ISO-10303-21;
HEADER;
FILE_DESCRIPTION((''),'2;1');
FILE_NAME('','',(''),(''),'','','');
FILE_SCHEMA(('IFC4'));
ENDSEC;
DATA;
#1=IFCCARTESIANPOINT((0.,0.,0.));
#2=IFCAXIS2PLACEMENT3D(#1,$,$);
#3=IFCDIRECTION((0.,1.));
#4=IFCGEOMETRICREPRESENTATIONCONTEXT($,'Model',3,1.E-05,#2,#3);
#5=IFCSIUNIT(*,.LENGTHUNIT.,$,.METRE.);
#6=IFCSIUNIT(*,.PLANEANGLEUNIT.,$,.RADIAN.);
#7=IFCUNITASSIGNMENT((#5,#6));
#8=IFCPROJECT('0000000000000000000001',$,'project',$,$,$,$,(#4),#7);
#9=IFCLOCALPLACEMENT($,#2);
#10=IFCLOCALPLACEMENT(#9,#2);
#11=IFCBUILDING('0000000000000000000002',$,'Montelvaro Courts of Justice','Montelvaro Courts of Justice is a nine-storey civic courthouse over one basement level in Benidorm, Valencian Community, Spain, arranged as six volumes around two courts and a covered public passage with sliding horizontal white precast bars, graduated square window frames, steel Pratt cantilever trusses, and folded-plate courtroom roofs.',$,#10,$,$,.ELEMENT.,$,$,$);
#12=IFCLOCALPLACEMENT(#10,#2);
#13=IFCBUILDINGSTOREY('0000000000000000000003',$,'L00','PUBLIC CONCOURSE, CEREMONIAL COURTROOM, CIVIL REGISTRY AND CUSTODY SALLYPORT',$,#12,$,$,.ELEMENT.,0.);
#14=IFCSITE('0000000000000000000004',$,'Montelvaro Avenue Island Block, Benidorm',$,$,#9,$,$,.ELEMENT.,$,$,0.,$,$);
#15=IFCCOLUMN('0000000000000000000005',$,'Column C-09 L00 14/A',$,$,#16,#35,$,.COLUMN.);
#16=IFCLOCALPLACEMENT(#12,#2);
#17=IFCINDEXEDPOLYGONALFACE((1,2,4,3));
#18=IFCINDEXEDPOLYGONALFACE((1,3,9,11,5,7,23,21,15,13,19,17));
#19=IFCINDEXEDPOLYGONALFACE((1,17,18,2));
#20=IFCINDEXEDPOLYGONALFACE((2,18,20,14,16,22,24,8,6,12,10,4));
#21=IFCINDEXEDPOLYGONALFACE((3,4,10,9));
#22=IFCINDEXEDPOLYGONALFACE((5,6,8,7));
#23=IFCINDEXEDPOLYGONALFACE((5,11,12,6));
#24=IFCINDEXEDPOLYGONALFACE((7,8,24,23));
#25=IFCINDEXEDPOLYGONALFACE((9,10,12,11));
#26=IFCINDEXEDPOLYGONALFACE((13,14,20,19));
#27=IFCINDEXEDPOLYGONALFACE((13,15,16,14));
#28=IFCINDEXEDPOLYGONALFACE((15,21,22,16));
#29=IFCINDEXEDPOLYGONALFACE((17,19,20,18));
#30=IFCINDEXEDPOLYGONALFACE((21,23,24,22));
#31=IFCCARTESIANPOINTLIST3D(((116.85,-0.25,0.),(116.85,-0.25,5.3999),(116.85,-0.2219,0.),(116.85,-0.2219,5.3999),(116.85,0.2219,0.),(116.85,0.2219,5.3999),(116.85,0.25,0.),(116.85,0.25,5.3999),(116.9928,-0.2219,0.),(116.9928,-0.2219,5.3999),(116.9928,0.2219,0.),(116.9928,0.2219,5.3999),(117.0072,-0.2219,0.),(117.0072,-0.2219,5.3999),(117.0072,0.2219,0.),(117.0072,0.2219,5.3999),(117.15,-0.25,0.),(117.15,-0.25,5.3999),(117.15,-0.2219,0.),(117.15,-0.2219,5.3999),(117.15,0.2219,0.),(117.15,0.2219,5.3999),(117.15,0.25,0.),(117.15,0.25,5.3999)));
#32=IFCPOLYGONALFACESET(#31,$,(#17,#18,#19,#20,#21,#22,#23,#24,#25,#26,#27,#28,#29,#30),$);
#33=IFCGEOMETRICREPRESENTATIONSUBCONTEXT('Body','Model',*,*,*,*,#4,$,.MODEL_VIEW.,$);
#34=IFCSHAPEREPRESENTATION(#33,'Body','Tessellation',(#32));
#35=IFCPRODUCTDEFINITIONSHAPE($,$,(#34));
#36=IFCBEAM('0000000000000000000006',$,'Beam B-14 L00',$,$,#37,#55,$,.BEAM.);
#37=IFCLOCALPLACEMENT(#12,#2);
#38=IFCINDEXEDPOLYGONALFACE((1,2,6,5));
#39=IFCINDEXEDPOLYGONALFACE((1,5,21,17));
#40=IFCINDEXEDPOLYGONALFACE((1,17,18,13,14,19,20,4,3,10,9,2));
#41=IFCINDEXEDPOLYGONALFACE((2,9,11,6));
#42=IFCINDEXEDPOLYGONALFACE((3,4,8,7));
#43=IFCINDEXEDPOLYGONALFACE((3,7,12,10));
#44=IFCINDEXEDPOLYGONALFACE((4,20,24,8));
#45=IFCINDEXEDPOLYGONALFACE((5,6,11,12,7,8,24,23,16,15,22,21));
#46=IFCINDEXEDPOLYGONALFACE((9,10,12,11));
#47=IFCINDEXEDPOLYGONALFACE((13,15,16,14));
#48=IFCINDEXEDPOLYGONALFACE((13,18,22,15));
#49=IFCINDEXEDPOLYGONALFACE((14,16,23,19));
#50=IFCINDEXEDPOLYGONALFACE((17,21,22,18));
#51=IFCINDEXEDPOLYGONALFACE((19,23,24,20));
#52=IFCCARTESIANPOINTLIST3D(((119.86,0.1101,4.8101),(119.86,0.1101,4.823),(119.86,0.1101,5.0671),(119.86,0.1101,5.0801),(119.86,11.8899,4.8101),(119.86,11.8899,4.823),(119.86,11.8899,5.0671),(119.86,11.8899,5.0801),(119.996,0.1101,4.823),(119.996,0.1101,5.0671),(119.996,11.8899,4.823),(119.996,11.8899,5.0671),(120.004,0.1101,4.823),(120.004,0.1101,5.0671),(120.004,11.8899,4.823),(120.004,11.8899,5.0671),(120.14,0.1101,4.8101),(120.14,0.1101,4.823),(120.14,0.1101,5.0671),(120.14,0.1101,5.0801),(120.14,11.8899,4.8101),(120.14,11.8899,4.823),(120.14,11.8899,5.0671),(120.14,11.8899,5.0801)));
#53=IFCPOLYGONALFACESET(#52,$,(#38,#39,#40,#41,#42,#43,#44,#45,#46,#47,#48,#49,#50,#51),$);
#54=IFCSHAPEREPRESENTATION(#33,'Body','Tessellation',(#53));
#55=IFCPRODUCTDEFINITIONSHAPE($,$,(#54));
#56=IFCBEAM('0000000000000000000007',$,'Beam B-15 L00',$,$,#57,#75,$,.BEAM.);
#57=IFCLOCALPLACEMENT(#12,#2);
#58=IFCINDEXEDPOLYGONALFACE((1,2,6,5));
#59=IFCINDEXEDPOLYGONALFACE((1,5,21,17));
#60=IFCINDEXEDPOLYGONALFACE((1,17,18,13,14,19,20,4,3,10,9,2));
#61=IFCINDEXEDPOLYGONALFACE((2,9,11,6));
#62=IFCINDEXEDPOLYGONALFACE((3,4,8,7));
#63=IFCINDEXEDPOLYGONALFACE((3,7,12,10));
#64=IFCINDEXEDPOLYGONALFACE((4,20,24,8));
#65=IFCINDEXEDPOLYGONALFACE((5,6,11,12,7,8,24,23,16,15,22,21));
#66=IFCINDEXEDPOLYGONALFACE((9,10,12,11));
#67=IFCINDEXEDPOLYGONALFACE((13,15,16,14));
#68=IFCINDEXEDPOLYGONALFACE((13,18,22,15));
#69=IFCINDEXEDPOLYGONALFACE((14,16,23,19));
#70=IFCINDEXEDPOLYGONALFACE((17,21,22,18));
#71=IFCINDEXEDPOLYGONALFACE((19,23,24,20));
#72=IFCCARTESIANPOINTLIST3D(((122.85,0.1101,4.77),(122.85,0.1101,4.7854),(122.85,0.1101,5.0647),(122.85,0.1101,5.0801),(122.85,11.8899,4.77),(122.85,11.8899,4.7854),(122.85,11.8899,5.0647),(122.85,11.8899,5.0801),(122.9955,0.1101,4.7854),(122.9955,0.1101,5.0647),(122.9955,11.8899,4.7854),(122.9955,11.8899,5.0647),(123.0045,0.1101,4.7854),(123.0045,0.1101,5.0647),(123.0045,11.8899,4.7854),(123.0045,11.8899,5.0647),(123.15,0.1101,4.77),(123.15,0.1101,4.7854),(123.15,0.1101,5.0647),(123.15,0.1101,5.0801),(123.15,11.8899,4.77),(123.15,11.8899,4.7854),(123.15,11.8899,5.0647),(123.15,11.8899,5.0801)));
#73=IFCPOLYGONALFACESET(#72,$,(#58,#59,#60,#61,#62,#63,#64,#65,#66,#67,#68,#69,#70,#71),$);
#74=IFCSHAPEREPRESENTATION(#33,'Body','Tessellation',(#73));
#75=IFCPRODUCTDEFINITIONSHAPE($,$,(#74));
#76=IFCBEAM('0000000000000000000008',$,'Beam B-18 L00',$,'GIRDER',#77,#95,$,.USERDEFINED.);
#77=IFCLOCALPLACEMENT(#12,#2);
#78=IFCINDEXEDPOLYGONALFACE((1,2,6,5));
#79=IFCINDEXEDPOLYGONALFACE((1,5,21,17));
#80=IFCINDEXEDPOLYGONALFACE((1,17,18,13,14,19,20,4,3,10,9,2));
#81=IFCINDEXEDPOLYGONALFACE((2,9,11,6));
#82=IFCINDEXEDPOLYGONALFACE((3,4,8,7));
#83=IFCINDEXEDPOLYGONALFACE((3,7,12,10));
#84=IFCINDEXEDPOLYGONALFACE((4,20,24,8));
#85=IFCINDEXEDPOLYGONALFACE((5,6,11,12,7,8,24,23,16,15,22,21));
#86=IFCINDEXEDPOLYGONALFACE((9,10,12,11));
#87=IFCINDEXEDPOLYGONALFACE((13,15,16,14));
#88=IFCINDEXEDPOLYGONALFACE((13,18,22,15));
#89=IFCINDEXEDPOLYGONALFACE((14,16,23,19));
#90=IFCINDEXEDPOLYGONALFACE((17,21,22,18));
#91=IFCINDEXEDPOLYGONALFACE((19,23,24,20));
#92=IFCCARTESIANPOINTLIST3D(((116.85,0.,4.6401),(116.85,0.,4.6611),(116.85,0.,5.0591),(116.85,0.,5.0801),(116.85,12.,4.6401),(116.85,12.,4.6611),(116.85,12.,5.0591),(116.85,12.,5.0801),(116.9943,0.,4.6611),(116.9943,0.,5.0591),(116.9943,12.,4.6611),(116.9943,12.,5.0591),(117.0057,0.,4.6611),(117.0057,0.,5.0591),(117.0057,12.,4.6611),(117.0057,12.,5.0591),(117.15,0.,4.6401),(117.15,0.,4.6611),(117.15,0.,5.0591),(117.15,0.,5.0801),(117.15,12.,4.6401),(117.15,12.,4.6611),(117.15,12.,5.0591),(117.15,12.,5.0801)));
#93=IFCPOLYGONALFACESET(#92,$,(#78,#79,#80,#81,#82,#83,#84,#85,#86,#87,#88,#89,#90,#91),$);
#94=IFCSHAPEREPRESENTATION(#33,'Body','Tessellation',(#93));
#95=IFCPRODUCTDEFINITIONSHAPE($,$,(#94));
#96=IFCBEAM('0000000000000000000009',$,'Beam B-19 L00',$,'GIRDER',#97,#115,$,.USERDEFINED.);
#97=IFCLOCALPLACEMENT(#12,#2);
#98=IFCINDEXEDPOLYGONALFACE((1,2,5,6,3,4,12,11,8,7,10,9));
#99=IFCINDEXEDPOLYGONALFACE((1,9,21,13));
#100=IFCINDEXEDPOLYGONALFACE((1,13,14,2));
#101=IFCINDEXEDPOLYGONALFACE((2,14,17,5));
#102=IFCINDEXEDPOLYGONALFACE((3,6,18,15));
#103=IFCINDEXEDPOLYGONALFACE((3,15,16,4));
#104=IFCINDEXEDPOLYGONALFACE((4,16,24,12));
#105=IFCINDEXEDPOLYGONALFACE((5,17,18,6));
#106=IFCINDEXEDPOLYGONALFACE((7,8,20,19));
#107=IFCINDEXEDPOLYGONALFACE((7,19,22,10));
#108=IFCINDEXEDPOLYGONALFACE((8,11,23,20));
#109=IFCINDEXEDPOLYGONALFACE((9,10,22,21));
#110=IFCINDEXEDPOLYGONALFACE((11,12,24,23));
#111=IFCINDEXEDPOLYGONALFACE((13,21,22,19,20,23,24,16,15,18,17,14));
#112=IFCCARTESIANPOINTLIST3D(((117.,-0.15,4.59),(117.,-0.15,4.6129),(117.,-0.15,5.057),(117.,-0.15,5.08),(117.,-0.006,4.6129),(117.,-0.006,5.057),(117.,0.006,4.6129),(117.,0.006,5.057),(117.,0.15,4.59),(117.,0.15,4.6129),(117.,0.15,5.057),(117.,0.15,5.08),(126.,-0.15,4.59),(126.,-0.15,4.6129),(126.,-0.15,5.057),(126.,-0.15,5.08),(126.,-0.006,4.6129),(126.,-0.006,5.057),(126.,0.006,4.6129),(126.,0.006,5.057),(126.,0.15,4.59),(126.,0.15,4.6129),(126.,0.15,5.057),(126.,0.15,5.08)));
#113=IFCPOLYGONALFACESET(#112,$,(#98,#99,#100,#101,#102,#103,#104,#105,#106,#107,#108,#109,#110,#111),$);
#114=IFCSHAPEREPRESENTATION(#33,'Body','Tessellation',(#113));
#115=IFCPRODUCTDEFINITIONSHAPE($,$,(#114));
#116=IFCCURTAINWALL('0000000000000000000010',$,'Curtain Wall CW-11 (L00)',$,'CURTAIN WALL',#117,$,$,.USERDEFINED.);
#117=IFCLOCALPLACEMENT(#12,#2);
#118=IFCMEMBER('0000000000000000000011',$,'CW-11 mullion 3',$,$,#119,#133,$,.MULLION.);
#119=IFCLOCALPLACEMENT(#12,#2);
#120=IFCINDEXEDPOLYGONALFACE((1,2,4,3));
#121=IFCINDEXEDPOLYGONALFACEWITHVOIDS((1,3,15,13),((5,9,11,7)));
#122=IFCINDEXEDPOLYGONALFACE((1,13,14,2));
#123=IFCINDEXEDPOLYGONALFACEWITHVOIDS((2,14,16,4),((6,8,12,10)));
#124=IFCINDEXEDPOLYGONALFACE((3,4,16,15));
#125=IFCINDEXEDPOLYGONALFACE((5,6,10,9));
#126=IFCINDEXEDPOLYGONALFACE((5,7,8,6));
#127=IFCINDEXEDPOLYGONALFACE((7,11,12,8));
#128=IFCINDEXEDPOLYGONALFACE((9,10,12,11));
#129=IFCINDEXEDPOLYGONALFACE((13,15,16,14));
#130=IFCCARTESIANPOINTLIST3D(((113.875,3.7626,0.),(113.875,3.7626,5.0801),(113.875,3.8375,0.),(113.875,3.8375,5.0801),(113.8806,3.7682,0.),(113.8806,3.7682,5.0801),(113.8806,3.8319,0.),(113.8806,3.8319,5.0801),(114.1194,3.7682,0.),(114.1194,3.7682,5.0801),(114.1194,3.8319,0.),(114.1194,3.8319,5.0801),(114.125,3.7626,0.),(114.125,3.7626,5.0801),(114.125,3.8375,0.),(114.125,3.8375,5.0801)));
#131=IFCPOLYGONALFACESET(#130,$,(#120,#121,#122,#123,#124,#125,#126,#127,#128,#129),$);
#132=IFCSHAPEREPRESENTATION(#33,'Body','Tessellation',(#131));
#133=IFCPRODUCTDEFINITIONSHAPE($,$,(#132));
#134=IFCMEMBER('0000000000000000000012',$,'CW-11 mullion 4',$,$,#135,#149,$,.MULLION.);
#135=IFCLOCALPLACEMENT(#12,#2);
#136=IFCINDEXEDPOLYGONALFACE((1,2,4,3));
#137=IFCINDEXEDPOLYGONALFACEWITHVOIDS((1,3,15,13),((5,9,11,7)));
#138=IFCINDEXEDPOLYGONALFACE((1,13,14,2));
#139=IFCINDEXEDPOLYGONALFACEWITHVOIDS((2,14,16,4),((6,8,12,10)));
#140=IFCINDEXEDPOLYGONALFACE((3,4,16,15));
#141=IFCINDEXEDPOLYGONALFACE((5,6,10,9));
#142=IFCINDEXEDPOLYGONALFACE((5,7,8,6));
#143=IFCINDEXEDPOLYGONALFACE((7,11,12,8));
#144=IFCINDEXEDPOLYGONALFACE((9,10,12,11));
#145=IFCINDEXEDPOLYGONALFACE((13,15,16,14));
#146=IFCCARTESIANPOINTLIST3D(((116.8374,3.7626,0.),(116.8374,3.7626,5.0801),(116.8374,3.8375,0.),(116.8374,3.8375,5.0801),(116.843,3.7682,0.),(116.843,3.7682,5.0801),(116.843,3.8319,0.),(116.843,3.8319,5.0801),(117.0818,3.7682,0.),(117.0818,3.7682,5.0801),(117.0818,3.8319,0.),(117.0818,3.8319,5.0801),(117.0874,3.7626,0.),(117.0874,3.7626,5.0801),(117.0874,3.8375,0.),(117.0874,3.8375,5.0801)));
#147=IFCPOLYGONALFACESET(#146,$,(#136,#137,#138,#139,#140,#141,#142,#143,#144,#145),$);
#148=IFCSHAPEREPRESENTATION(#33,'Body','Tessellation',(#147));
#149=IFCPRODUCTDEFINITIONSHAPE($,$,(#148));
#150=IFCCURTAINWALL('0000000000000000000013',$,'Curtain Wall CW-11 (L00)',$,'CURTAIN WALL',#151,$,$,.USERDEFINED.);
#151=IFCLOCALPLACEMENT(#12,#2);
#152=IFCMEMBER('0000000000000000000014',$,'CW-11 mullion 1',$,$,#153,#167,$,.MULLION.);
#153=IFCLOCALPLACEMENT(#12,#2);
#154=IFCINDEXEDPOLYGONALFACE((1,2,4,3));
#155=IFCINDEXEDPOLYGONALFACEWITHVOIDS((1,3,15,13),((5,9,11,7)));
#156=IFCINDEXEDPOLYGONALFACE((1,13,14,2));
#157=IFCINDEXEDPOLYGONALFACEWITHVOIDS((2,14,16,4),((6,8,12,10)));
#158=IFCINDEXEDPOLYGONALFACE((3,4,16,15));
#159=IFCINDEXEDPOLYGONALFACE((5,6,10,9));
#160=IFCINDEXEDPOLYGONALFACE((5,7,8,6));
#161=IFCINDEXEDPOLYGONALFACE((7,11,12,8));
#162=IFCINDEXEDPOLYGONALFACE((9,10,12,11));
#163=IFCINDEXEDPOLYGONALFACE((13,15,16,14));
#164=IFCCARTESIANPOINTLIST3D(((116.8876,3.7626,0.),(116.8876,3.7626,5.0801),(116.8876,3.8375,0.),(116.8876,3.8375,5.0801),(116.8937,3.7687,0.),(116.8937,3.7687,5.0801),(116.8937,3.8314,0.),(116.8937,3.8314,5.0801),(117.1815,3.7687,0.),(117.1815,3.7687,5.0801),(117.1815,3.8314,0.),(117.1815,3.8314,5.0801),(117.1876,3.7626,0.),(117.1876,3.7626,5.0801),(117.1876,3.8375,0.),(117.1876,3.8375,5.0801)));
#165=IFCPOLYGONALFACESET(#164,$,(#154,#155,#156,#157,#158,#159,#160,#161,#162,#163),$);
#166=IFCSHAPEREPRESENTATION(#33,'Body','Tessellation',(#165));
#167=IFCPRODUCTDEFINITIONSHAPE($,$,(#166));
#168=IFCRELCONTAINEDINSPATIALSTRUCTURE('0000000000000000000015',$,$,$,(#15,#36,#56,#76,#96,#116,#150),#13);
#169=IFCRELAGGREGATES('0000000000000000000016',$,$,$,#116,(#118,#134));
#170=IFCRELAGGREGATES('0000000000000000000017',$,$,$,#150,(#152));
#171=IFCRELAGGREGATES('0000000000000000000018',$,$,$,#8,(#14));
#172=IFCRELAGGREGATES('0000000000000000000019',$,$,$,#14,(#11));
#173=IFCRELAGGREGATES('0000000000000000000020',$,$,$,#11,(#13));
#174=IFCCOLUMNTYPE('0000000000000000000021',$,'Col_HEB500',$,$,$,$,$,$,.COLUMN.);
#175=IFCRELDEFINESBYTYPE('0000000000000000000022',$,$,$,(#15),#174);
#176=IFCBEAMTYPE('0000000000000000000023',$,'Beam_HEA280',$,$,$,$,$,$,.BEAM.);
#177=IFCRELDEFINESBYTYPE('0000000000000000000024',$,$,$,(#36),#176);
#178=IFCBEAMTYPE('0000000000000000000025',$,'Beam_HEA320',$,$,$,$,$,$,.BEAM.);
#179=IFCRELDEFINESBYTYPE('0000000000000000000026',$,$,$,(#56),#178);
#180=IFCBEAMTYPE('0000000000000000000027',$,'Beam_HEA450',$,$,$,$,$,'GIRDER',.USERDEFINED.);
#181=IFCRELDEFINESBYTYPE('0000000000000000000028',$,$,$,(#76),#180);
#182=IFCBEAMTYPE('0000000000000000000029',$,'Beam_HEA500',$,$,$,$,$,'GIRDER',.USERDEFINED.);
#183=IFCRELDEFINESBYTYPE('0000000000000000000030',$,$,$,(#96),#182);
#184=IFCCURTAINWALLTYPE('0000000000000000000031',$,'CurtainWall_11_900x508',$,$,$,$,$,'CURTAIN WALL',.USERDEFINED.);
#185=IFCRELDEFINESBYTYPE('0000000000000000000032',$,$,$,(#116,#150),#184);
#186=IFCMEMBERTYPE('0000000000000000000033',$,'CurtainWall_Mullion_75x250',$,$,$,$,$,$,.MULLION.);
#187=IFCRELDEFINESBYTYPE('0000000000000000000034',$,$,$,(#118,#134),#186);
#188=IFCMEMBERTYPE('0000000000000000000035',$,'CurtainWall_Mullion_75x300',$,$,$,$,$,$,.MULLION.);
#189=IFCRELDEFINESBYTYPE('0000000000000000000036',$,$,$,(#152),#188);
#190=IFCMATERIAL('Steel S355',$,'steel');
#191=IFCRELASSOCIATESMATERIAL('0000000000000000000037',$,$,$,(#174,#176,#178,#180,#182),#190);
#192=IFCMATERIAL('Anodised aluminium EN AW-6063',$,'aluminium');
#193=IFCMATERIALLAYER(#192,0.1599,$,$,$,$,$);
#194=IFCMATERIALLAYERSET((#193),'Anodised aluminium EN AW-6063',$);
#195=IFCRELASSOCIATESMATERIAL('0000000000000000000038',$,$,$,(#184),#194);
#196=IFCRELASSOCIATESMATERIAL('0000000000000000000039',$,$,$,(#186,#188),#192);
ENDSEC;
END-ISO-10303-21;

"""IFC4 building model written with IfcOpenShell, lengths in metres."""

from ifc_helpers import new_model, si_unit, direction, frame, origin, origin_2d, place, context, subcontext, project, spatial, hollow_rectangle, i_section, extrude, material, layer, layer_set, material_profile, profile_set, type_object, element, aggregate, save


model = new_model("IFC4")

# Units and contexts
model_context = context("Model", 3, precision=1e-05, world=origin(), true_north=direction((0.0, 1.0)))
body_context = subcontext(model_context, "Body", "Model", "MODEL_VIEW")
ifc_project = project(units=[si_unit("LENGTHUNIT", "METRE"), si_unit("PLANEANGLEUNIT", "RADIAN")], contexts=[model_context])

# Site, building, storey
site_placement = place(None, origin())
site = spatial("IfcSite", under=ifc_project, at=site_placement, Name="Montelvaro Avenue Island Block, Benidorm", CompositionType="ELEMENT", RefElevation=0.0)
building_placement = place(site_placement, origin())
building = spatial("IfcBuilding", under=site, at=building_placement, Name="Montelvaro Courts of Justice", Description="Montelvaro Courts of Justice is a nine-storey civic courthouse over one basement level in Benidorm, Valencian Community, Spain, arranged as six volumes around two courts and a covered public passage with sliding horizontal white precast bars, graduated square window frames, steel Pratt cantilever trusses, and folded-plate courtroom roofs.", CompositionType="ELEMENT")
storey_placement = place(building_placement, origin())
storey = spatial("IfcBuildingStorey", under=building, at=storey_placement, Name="L00", Description="PUBLIC CONCOURSE, CEREMONIAL COURTROOM, CIVIL REGISTRY AND CUSTODY SALLYPORT", CompositionType="ELEMENT", Elevation=0.0)

# Column
ifc_material_1 = material(Name="Steel S355", Category="steel")
ifc_material_profile_1 = material_profile(ifc_material_1, i_section(OverallWidth=0.3, OverallDepth=0.5, WebThickness=0.0144, FlangeThickness=0.0281, at=origin_2d()), Name="HEB 500")
ifc_profile_set_1 = profile_set([ifc_material_profile_1], Name="Steel S355")
column_type = type_object("IfcColumnType", Name="Col_HEB500", PredefinedType="COLUMN", material=ifc_profile_set_1)
column_placement = place(storey_placement, frame((117.0, 0.0, 0.0), z_axis=(0.0, 0.0, 1.0), x_axis=(1.0, 0.0, 0.0)))
element("IfcColumn", 1, at=column_placement, inside=storey, type_object=column_type, Name="Column C-09 L00 14/A", PredefinedType="COLUMN", context=body_context, shape_type="SweptSolid", body=[
    extrude(i_section(OverallWidth=0.3, OverallDepth=0.5, WebThickness=0.0144, FlangeThickness=0.0281, at=origin_2d()), origin(), (0.0, 0.0, 1.0), 5.3999),
])

# Beams
ifc_material_profile_2 = material_profile(ifc_material_1, i_section(OverallWidth=0.28, OverallDepth=0.27, WebThickness=0.0081, FlangeThickness=0.0129, at=origin_2d()), Name="HEA 280")
ifc_profile_set_2 = profile_set([ifc_material_profile_2], Name="Steel S355")
beam_type_1 = type_object("IfcBeamType", Name="Beam_HEA280", PredefinedType="BEAM", material=ifc_profile_set_2)
beam_1_placement = place(storey_placement, frame((120.0, 0.1101, 4.9451), z_axis=(0.0, 1.0, 0.0), x_axis=(-1.0, 0.0, 0.0)))
element("IfcBeam", 2, at=beam_1_placement, inside=storey, type_object=beam_type_1, Name="Beam B-14 L00", PredefinedType="BEAM", context=body_context, shape_type="SweptSolid", body=[
    extrude(i_section(OverallWidth=0.28, OverallDepth=0.27, WebThickness=0.0081, FlangeThickness=0.0129, at=origin_2d()), origin(), (0.0, 0.0, 1.0), 11.7798),
])
ifc_material_profile_3 = material_profile(ifc_material_1, i_section(OverallWidth=0.3, OverallDepth=0.3101, WebThickness=0.009, FlangeThickness=0.0154, at=origin_2d()), Name="HEA 320")
ifc_profile_set_3 = profile_set([ifc_material_profile_3], Name="Steel S355")
beam_type_2 = type_object("IfcBeamType", Name="Beam_HEA320", PredefinedType="BEAM", material=ifc_profile_set_3)
beam_2_placement = place(storey_placement, frame((123.0, 0.1101, 4.925), z_axis=(0.0, 1.0, 0.0), x_axis=(-1.0, 0.0, 0.0)))
element("IfcBeam", 3, at=beam_2_placement, inside=storey, type_object=beam_type_2, Name="Beam B-15 L00", PredefinedType="BEAM", context=body_context, shape_type="SweptSolid", body=[
    extrude(i_section(OverallWidth=0.3, OverallDepth=0.3101, WebThickness=0.009, FlangeThickness=0.0154, at=origin_2d()), origin(), (0.0, 0.0, 1.0), 11.7798),
])
ifc_material_profile_4 = material_profile(ifc_material_1, i_section(OverallWidth=0.3, OverallDepth=0.4399, WebThickness=0.0115, FlangeThickness=0.021, at=origin_2d()), Name="HEA 450")
ifc_profile_set_4 = profile_set([ifc_material_profile_4], Name="Steel S355")
beam_type_3 = type_object("IfcBeamType", Name="Beam_HEA450", ElementType="GIRDER", PredefinedType="USERDEFINED", material=ifc_profile_set_4)
beam_3_placement = place(storey_placement, frame((117.0, 0.0, 4.8601), z_axis=(0.0, 1.0, 0.0), x_axis=(-1.0, 0.0, 0.0)))
element("IfcBeam", 4, at=beam_3_placement, inside=storey, type_object=beam_type_3, Name="Beam B-18 L00", ObjectType="GIRDER", PredefinedType="USERDEFINED", context=body_context, shape_type="SweptSolid", body=[
    extrude(i_section(OverallWidth=0.3, OverallDepth=0.4399, WebThickness=0.0115, FlangeThickness=0.021, at=origin_2d()), origin(), (0.0, 0.0, 1.0), 12.0),
])
ifc_material_profile_5 = material_profile(ifc_material_1, i_section(OverallWidth=0.3, OverallDepth=0.49, WebThickness=0.012, FlangeThickness=0.0229, at=origin_2d()), Name="HEA 500")
ifc_profile_set_5 = profile_set([ifc_material_profile_5], Name="Steel S355")
beam_type_4 = type_object("IfcBeamType", Name="Beam_HEA500", ElementType="GIRDER", PredefinedType="USERDEFINED", material=ifc_profile_set_5)
beam_4_placement = place(storey_placement, frame((117.0, 0.0, 4.835), z_axis=(1.0, 0.0, 0.0), x_axis=(0.0, 1.0, 0.0)))
element("IfcBeam", 5, at=beam_4_placement, inside=storey, type_object=beam_type_4, Name="Beam B-19 L00", ObjectType="GIRDER", PredefinedType="USERDEFINED", context=body_context, shape_type="SweptSolid", body=[
    extrude(i_section(OverallWidth=0.3, OverallDepth=0.49, WebThickness=0.012, FlangeThickness=0.0229, at=origin_2d()), origin(), (0.0, 0.0, 1.0), 9.0),
])

# Curtain walls, members
ifc_material_2 = material(Name="Anodised aluminium EN AW-6063", Category="aluminium")
ifc_layer_1 = layer(ifc_material_2, 0.1599)
ifc_layer_set_1 = layer_set([ifc_layer_1], Name="Anodised aluminium EN AW-6063")
curtain_wall_type = type_object("IfcCurtainWallType", Name="CurtainWall_11_900x508", ElementType="CURTAIN WALL", PredefinedType="USERDEFINED", material=ifc_layer_set_1)
curtain_wall_1_placement = place(storey_placement, origin())
curtain_wall_1 = element("IfcCurtainWall", 6, at=curtain_wall_1_placement, inside=storey, type_object=curtain_wall_type, Name="Curtain Wall CW-11 (L00)", ObjectType="CURTAIN WALL", PredefinedType="USERDEFINED")
ifc_material_profile_6 = material_profile(ifc_material_2, hollow_rectangle(XDim=0.075, YDim=0.25, WallThickness=0.0056, at=origin_2d()), Name="ALU-M 75x250")
ifc_profile_set_6 = profile_set([ifc_material_profile_6], Name="Anodised aluminium EN AW-6063")
member_type_1 = type_object("IfcMemberType", Name="CurtainWall_Mullion_75x250", PredefinedType="MULLION", material=ifc_profile_set_6)
member_1_placement = place(storey_placement, frame((114.0, 3.8, 0.0), z_axis=(0.0, 0.0, 1.0), x_axis=(0.0, 1.0, 0.0)))
member_1 = element("IfcMember", 7, at=member_1_placement, type_object=member_type_1, Name="CW-11 mullion 3", PredefinedType="MULLION", context=body_context, shape_type="SweptSolid", body=[
    extrude(hollow_rectangle(XDim=0.075, YDim=0.25, WallThickness=0.0056, at=origin_2d()), origin(), (0.0, 0.0, 1.0), 5.0801),
])
member_2_placement = place(storey_placement, frame((116.9624, 3.8, 0.0), z_axis=(0.0, 0.0, 1.0), x_axis=(0.0, 1.0, 0.0)))
member_2 = element("IfcMember", 8, at=member_2_placement, type_object=member_type_1, Name="CW-11 mullion 4", PredefinedType="MULLION", context=body_context, shape_type="SweptSolid", body=[
    extrude(hollow_rectangle(XDim=0.075, YDim=0.25, WallThickness=0.0056, at=origin_2d()), origin(), (0.0, 0.0, 1.0), 5.0801),
])
curtain_wall_2_placement = place(storey_placement, origin())
curtain_wall_2 = element("IfcCurtainWall", 9, at=curtain_wall_2_placement, inside=storey, type_object=curtain_wall_type, Name="Curtain Wall CW-11 (L00)", ObjectType="CURTAIN WALL", PredefinedType="USERDEFINED")
ifc_material_profile_7 = material_profile(ifc_material_2, hollow_rectangle(XDim=0.075, YDim=0.3, WallThickness=0.0061, at=origin_2d()), Name="ALU-M 75x300")
ifc_profile_set_7 = profile_set([ifc_material_profile_7], Name="Anodised aluminium EN AW-6063")
member_type_2 = type_object("IfcMemberType", Name="CurtainWall_Mullion_75x300", PredefinedType="MULLION", material=ifc_profile_set_7)
member_3_placement = place(storey_placement, frame((117.0376, 3.8, 0.0), z_axis=(0.0, 0.0, 1.0), x_axis=(0.0, 1.0, 0.0)))
member_3 = element("IfcMember", 10, at=member_3_placement, type_object=member_type_2, Name="CW-11 mullion 1", PredefinedType="MULLION", context=body_context, shape_type="SweptSolid", body=[
    extrude(hollow_rectangle(XDim=0.075, YDim=0.3, WallThickness=0.0061, at=origin_2d()), origin(), (0.0, 0.0, 1.0), 5.0801),
])

aggregate(curtain_wall_1, [member_1, member_2])
aggregate(curtain_wall_2, [member_3])

save(model, "model.ifc")
